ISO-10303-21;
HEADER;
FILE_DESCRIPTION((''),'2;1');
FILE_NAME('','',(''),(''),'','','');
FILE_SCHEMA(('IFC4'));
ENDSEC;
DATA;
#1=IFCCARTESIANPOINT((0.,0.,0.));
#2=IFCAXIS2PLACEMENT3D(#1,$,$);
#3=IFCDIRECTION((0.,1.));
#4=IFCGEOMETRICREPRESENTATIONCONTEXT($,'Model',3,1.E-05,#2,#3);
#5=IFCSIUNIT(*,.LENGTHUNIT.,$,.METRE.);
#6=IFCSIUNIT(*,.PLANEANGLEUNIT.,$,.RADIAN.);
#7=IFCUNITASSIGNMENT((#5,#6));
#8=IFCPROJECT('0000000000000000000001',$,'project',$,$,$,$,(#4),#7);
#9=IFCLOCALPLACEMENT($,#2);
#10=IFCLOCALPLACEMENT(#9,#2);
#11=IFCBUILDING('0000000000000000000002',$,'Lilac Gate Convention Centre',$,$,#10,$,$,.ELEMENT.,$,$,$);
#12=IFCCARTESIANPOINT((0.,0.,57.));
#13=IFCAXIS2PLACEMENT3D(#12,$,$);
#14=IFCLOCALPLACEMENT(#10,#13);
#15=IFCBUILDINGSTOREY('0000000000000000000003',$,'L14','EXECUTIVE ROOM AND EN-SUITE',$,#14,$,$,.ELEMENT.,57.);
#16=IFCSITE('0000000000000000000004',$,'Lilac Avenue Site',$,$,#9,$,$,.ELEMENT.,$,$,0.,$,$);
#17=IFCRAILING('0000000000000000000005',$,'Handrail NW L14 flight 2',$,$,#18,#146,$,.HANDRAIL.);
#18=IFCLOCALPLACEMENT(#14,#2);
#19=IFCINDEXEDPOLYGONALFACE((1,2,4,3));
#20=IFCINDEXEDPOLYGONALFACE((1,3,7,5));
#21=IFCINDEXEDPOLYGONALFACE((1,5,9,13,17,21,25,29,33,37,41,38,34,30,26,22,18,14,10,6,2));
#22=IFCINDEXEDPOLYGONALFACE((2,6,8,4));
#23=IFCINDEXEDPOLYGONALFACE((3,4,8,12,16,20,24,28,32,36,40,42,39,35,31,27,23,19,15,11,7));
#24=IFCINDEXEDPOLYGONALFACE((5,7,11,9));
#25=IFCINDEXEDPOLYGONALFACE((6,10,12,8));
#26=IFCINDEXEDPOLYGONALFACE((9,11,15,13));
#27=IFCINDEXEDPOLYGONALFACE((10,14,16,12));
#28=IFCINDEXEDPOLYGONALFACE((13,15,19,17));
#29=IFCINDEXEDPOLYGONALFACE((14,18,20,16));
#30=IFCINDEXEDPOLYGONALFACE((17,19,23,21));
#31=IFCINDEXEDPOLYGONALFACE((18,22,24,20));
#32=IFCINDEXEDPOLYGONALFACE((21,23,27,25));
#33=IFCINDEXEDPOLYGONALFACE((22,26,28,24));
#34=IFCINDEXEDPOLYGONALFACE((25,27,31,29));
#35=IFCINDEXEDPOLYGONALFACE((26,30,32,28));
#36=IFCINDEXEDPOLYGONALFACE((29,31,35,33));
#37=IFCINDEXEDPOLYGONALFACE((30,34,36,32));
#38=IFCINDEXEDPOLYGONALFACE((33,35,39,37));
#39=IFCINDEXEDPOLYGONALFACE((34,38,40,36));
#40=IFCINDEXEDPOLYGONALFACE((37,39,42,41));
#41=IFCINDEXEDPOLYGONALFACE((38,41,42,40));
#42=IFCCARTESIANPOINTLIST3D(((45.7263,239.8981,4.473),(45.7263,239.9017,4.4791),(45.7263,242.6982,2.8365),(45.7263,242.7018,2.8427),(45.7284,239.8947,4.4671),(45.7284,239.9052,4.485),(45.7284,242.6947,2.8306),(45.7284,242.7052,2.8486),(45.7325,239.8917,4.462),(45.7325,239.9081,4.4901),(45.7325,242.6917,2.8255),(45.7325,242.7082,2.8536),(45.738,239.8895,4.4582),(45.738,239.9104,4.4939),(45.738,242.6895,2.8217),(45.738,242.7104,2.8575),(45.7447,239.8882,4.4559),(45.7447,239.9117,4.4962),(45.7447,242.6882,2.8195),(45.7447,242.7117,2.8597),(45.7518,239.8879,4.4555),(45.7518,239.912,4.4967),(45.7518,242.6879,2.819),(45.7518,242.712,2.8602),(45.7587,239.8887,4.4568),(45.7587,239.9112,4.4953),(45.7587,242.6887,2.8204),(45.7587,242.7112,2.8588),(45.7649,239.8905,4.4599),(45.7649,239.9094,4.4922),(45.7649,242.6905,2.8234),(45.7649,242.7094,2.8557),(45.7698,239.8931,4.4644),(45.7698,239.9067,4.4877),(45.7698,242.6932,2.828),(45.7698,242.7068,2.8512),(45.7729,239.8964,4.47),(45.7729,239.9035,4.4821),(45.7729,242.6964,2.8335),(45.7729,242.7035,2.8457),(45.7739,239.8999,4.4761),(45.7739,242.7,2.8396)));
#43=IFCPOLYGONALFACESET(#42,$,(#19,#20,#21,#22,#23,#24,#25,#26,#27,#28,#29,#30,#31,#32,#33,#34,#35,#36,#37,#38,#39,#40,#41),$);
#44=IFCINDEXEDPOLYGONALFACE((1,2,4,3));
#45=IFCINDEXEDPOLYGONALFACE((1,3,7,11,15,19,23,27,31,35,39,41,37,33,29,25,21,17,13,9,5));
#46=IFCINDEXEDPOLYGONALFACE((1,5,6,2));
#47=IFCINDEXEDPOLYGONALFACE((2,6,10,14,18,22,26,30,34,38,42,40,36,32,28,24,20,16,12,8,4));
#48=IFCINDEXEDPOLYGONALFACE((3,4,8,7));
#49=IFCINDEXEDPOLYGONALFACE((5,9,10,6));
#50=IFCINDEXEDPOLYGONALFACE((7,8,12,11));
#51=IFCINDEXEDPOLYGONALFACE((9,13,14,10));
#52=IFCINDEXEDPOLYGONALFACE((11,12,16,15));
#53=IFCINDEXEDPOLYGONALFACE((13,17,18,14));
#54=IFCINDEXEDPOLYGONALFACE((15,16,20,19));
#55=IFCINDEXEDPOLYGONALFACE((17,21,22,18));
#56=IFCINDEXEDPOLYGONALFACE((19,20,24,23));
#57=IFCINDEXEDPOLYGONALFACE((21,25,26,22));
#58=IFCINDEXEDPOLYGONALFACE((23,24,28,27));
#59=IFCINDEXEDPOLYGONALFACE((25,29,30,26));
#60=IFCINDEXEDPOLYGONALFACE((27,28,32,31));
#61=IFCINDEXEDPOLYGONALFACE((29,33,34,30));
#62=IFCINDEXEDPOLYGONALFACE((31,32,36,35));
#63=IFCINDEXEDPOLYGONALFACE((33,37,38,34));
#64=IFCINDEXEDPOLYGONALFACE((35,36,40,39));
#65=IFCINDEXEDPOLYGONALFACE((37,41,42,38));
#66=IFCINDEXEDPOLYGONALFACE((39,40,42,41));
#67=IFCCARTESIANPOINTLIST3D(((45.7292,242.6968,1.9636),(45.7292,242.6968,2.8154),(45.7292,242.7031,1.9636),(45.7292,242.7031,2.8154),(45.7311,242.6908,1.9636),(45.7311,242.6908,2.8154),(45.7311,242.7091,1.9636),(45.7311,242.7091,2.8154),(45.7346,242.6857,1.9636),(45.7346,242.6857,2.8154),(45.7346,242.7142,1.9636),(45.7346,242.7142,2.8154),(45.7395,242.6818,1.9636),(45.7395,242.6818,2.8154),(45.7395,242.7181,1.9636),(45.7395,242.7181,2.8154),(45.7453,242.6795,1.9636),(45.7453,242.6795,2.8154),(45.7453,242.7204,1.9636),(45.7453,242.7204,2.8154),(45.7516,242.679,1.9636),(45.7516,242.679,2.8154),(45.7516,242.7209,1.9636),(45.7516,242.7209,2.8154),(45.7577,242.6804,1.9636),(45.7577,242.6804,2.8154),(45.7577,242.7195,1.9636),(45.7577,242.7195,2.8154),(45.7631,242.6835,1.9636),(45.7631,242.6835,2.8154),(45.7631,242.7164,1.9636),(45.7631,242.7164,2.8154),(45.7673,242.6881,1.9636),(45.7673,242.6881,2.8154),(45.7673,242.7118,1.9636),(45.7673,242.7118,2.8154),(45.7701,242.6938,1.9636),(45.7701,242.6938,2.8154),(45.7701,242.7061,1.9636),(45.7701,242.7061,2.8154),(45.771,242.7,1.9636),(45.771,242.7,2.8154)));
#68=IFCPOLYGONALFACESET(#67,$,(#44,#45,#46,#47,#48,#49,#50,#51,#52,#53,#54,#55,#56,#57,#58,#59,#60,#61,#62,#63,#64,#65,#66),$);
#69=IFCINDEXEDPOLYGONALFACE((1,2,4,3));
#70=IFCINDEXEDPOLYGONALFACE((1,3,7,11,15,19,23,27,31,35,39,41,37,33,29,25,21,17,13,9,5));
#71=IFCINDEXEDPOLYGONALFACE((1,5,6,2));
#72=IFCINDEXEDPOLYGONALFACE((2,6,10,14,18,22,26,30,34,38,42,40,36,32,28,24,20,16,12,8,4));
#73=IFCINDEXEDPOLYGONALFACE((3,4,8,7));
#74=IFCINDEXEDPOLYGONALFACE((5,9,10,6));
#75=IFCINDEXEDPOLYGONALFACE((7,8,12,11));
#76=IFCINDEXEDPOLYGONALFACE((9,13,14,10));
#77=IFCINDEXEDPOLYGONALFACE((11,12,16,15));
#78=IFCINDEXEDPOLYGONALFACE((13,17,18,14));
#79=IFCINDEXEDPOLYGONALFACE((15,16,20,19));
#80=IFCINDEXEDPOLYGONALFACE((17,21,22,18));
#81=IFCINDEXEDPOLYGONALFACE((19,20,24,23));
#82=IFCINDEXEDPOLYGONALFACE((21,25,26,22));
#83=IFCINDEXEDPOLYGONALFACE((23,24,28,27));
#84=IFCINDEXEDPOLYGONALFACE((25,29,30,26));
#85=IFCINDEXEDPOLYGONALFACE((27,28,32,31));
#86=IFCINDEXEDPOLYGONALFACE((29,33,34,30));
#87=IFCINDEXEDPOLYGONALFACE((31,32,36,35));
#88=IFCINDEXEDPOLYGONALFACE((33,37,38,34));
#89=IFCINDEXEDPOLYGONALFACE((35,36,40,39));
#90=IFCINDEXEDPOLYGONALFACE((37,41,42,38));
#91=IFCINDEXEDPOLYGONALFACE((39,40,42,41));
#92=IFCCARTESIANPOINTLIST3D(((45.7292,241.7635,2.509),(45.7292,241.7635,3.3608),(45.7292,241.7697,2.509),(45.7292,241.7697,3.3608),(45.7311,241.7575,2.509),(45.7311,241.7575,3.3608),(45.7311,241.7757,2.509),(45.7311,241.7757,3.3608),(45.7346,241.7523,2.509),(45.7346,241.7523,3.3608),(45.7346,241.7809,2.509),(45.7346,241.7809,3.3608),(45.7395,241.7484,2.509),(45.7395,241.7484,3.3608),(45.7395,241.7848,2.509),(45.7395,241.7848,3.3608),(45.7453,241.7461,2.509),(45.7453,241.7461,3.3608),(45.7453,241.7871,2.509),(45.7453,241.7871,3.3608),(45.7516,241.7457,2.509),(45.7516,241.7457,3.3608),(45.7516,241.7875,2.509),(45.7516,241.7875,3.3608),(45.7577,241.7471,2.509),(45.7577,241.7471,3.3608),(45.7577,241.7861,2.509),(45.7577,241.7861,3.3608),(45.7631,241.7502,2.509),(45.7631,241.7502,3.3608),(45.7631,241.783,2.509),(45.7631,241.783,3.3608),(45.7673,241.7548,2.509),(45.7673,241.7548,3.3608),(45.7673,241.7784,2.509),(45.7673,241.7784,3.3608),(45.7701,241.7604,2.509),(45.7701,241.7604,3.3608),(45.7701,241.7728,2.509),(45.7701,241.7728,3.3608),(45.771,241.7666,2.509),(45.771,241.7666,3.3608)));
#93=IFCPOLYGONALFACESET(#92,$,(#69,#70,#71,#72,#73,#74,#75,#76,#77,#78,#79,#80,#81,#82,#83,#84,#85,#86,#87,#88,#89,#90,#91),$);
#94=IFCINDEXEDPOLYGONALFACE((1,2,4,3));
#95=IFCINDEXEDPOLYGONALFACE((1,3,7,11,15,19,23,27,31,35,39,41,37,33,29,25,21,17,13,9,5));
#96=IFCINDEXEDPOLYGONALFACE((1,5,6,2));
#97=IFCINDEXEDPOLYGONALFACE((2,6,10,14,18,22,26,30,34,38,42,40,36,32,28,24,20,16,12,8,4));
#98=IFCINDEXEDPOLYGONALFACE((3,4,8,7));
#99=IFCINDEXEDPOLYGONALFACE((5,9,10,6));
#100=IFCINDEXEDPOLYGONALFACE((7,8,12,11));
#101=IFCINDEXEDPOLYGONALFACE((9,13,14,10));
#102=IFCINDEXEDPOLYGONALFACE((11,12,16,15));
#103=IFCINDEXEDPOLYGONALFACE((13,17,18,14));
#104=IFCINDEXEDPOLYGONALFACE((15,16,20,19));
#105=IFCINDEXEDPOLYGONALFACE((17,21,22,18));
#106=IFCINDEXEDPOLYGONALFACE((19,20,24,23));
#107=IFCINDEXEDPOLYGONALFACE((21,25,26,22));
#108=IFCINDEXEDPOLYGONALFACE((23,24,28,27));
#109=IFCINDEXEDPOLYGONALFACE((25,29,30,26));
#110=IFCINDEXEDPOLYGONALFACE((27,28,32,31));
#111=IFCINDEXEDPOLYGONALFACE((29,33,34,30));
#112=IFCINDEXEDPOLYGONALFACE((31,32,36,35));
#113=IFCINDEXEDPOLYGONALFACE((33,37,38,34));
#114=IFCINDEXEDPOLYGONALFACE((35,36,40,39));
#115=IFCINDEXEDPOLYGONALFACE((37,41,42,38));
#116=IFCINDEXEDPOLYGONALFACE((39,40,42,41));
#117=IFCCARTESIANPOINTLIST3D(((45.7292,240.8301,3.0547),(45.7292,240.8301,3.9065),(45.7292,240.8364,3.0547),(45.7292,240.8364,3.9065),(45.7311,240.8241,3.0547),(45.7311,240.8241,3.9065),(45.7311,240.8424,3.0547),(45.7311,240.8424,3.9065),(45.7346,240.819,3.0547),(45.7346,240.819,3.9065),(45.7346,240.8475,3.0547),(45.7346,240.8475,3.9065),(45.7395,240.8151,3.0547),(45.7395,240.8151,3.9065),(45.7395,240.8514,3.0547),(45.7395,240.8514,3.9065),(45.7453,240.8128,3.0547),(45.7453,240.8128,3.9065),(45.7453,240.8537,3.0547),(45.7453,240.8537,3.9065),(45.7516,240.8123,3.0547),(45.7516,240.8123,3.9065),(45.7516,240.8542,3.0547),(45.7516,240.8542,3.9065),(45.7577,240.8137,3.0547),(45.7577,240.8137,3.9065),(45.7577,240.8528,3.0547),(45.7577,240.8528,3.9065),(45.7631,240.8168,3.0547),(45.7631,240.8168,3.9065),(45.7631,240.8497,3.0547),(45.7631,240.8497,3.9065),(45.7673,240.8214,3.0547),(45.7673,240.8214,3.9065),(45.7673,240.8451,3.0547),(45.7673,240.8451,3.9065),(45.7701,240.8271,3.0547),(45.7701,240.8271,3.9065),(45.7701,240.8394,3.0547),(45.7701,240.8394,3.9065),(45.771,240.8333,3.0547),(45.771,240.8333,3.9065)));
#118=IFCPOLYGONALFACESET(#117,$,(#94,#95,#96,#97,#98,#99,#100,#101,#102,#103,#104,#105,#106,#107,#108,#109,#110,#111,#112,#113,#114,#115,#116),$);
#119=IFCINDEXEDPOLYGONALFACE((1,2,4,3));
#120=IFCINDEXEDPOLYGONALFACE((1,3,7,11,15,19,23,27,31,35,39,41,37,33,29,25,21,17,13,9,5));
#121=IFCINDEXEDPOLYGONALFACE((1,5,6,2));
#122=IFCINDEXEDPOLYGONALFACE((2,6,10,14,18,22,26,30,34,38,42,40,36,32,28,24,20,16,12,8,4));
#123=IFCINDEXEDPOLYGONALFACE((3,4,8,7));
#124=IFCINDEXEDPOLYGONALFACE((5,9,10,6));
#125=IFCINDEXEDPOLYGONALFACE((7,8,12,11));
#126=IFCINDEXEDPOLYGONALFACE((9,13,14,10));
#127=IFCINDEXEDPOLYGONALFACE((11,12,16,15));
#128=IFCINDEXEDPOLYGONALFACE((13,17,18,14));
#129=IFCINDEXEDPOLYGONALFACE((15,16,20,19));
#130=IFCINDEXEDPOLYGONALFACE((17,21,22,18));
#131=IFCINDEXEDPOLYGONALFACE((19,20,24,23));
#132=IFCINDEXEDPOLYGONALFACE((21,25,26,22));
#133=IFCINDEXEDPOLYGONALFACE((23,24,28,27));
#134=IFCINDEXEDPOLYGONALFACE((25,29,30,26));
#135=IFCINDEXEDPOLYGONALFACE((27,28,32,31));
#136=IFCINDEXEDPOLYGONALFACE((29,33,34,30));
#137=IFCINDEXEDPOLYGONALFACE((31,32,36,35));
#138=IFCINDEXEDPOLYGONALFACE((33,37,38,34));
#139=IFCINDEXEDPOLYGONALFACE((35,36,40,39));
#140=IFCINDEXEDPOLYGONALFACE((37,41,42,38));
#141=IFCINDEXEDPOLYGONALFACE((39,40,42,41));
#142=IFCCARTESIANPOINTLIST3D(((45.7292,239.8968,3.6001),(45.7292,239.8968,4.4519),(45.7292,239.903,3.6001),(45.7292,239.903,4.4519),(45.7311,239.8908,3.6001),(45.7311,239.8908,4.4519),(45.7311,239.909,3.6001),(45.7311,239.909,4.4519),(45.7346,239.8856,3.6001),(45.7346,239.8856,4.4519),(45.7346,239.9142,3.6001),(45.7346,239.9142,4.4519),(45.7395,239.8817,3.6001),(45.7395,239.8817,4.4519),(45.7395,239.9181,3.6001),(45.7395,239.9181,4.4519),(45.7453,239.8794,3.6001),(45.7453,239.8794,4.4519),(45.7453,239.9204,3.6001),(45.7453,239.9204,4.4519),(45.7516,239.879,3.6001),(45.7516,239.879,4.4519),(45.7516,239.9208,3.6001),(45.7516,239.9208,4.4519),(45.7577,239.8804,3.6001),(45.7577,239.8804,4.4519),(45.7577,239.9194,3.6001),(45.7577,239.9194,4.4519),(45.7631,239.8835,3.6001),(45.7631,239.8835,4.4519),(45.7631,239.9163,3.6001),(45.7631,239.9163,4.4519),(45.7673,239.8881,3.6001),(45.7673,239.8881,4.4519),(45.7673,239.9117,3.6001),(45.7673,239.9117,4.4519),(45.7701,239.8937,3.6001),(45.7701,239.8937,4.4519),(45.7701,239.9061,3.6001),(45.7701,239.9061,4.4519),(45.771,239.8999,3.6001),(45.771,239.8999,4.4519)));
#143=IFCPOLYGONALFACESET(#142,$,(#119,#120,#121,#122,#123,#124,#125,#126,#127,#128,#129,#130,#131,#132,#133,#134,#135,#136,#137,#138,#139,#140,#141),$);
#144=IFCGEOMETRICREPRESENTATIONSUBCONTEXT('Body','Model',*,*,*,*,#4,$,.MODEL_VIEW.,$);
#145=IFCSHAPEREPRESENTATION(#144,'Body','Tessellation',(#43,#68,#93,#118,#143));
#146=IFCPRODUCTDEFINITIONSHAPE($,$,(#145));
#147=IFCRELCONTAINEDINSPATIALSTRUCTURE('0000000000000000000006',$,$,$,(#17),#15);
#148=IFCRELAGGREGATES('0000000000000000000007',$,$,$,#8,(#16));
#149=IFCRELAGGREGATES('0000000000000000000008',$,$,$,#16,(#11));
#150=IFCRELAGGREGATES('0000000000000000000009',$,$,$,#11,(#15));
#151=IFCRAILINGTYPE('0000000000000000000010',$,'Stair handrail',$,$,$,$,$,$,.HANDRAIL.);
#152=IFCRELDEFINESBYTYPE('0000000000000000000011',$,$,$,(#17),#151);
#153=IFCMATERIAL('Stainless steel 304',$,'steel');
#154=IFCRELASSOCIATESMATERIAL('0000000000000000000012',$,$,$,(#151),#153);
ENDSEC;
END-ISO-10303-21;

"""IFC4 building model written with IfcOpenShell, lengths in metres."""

from ifc_helpers import new_model, si_unit, direction, frame, origin, origin_2d, place, context, subcontext, project, spatial, circle, extrude, material, type_object, element, save


model = new_model("IFC4")

# Units and contexts
model_context = context("Model", 3, precision=1e-05, world=origin(), true_north=direction((0.0, 1.0)))
body_context = subcontext(model_context, "Body", "Model", "MODEL_VIEW")
ifc_project = project(units=[si_unit("LENGTHUNIT", "METRE"), si_unit("PLANEANGLEUNIT", "RADIAN")], contexts=[model_context])

# Site, building, storey
site_placement = place(None, origin())
site = spatial("IfcSite", under=ifc_project, at=site_placement, Name="Lilac Avenue Site", CompositionType="ELEMENT", RefElevation=0.0)
building_placement = place(site_placement, origin())
building = spatial("IfcBuilding", under=site, at=building_placement, Name="Lilac Gate Convention Centre", CompositionType="ELEMENT")
storey_placement = place(building_placement, frame((0.0, 0.0, 57.0)))
storey = spatial("IfcBuildingStorey", under=building, at=storey_placement, Name="L14", Description="EXECUTIVE ROOM AND EN-SUITE", CompositionType="ELEMENT", Elevation=57.0)

# Railing
ifc_material_1 = material(Name="Stainless steel 304", Category="steel")
railing_type = type_object("IfcRailingType", Name="Stair handrail", PredefinedType="HANDRAIL", material=ifc_material_1)
for number, where, name in (
    (1, (45.75, 242.7, 1.9636), "Handrail NW L14 flight 2"),
):
    element("IfcRailing", number, at=place(storey_placement, frame(where)), inside=storey, type_object=railing_type, Name=name, PredefinedType="HANDRAIL", context=body_context, shape_type="SweptSolid", body=[
        extrude(circle(Radius=0.0239, at=origin_2d()), frame((0.0, 0.0, 0.876), z_axis=(0.0, -0.863361, 0.504587), x_axis=(1.0, 0.0, 0.0)), (0.0, 0.0, 1.0), 3.2432),
        extrude(circle(Radius=0.021, at=origin_2d()), origin(), (0.0, 0.0, 1.0), 0.8518),
        extrude(circle(Radius=0.021, at=origin_2d()), frame((0.0, -0.9333, 0.5454)), (0.0, 0.0, 1.0), 0.8518),
        extrude(circle(Radius=0.021, at=origin_2d()), frame((0.0, -1.8667, 1.0911)), (0.0, 0.0, 1.0), 0.8518),
        extrude(circle(Radius=0.021, at=origin_2d()), frame((0.0, -2.8, 1.6365)), (0.0, 0.0, 1.0), 0.8518),
    ])

save(model, "model.ifc")
